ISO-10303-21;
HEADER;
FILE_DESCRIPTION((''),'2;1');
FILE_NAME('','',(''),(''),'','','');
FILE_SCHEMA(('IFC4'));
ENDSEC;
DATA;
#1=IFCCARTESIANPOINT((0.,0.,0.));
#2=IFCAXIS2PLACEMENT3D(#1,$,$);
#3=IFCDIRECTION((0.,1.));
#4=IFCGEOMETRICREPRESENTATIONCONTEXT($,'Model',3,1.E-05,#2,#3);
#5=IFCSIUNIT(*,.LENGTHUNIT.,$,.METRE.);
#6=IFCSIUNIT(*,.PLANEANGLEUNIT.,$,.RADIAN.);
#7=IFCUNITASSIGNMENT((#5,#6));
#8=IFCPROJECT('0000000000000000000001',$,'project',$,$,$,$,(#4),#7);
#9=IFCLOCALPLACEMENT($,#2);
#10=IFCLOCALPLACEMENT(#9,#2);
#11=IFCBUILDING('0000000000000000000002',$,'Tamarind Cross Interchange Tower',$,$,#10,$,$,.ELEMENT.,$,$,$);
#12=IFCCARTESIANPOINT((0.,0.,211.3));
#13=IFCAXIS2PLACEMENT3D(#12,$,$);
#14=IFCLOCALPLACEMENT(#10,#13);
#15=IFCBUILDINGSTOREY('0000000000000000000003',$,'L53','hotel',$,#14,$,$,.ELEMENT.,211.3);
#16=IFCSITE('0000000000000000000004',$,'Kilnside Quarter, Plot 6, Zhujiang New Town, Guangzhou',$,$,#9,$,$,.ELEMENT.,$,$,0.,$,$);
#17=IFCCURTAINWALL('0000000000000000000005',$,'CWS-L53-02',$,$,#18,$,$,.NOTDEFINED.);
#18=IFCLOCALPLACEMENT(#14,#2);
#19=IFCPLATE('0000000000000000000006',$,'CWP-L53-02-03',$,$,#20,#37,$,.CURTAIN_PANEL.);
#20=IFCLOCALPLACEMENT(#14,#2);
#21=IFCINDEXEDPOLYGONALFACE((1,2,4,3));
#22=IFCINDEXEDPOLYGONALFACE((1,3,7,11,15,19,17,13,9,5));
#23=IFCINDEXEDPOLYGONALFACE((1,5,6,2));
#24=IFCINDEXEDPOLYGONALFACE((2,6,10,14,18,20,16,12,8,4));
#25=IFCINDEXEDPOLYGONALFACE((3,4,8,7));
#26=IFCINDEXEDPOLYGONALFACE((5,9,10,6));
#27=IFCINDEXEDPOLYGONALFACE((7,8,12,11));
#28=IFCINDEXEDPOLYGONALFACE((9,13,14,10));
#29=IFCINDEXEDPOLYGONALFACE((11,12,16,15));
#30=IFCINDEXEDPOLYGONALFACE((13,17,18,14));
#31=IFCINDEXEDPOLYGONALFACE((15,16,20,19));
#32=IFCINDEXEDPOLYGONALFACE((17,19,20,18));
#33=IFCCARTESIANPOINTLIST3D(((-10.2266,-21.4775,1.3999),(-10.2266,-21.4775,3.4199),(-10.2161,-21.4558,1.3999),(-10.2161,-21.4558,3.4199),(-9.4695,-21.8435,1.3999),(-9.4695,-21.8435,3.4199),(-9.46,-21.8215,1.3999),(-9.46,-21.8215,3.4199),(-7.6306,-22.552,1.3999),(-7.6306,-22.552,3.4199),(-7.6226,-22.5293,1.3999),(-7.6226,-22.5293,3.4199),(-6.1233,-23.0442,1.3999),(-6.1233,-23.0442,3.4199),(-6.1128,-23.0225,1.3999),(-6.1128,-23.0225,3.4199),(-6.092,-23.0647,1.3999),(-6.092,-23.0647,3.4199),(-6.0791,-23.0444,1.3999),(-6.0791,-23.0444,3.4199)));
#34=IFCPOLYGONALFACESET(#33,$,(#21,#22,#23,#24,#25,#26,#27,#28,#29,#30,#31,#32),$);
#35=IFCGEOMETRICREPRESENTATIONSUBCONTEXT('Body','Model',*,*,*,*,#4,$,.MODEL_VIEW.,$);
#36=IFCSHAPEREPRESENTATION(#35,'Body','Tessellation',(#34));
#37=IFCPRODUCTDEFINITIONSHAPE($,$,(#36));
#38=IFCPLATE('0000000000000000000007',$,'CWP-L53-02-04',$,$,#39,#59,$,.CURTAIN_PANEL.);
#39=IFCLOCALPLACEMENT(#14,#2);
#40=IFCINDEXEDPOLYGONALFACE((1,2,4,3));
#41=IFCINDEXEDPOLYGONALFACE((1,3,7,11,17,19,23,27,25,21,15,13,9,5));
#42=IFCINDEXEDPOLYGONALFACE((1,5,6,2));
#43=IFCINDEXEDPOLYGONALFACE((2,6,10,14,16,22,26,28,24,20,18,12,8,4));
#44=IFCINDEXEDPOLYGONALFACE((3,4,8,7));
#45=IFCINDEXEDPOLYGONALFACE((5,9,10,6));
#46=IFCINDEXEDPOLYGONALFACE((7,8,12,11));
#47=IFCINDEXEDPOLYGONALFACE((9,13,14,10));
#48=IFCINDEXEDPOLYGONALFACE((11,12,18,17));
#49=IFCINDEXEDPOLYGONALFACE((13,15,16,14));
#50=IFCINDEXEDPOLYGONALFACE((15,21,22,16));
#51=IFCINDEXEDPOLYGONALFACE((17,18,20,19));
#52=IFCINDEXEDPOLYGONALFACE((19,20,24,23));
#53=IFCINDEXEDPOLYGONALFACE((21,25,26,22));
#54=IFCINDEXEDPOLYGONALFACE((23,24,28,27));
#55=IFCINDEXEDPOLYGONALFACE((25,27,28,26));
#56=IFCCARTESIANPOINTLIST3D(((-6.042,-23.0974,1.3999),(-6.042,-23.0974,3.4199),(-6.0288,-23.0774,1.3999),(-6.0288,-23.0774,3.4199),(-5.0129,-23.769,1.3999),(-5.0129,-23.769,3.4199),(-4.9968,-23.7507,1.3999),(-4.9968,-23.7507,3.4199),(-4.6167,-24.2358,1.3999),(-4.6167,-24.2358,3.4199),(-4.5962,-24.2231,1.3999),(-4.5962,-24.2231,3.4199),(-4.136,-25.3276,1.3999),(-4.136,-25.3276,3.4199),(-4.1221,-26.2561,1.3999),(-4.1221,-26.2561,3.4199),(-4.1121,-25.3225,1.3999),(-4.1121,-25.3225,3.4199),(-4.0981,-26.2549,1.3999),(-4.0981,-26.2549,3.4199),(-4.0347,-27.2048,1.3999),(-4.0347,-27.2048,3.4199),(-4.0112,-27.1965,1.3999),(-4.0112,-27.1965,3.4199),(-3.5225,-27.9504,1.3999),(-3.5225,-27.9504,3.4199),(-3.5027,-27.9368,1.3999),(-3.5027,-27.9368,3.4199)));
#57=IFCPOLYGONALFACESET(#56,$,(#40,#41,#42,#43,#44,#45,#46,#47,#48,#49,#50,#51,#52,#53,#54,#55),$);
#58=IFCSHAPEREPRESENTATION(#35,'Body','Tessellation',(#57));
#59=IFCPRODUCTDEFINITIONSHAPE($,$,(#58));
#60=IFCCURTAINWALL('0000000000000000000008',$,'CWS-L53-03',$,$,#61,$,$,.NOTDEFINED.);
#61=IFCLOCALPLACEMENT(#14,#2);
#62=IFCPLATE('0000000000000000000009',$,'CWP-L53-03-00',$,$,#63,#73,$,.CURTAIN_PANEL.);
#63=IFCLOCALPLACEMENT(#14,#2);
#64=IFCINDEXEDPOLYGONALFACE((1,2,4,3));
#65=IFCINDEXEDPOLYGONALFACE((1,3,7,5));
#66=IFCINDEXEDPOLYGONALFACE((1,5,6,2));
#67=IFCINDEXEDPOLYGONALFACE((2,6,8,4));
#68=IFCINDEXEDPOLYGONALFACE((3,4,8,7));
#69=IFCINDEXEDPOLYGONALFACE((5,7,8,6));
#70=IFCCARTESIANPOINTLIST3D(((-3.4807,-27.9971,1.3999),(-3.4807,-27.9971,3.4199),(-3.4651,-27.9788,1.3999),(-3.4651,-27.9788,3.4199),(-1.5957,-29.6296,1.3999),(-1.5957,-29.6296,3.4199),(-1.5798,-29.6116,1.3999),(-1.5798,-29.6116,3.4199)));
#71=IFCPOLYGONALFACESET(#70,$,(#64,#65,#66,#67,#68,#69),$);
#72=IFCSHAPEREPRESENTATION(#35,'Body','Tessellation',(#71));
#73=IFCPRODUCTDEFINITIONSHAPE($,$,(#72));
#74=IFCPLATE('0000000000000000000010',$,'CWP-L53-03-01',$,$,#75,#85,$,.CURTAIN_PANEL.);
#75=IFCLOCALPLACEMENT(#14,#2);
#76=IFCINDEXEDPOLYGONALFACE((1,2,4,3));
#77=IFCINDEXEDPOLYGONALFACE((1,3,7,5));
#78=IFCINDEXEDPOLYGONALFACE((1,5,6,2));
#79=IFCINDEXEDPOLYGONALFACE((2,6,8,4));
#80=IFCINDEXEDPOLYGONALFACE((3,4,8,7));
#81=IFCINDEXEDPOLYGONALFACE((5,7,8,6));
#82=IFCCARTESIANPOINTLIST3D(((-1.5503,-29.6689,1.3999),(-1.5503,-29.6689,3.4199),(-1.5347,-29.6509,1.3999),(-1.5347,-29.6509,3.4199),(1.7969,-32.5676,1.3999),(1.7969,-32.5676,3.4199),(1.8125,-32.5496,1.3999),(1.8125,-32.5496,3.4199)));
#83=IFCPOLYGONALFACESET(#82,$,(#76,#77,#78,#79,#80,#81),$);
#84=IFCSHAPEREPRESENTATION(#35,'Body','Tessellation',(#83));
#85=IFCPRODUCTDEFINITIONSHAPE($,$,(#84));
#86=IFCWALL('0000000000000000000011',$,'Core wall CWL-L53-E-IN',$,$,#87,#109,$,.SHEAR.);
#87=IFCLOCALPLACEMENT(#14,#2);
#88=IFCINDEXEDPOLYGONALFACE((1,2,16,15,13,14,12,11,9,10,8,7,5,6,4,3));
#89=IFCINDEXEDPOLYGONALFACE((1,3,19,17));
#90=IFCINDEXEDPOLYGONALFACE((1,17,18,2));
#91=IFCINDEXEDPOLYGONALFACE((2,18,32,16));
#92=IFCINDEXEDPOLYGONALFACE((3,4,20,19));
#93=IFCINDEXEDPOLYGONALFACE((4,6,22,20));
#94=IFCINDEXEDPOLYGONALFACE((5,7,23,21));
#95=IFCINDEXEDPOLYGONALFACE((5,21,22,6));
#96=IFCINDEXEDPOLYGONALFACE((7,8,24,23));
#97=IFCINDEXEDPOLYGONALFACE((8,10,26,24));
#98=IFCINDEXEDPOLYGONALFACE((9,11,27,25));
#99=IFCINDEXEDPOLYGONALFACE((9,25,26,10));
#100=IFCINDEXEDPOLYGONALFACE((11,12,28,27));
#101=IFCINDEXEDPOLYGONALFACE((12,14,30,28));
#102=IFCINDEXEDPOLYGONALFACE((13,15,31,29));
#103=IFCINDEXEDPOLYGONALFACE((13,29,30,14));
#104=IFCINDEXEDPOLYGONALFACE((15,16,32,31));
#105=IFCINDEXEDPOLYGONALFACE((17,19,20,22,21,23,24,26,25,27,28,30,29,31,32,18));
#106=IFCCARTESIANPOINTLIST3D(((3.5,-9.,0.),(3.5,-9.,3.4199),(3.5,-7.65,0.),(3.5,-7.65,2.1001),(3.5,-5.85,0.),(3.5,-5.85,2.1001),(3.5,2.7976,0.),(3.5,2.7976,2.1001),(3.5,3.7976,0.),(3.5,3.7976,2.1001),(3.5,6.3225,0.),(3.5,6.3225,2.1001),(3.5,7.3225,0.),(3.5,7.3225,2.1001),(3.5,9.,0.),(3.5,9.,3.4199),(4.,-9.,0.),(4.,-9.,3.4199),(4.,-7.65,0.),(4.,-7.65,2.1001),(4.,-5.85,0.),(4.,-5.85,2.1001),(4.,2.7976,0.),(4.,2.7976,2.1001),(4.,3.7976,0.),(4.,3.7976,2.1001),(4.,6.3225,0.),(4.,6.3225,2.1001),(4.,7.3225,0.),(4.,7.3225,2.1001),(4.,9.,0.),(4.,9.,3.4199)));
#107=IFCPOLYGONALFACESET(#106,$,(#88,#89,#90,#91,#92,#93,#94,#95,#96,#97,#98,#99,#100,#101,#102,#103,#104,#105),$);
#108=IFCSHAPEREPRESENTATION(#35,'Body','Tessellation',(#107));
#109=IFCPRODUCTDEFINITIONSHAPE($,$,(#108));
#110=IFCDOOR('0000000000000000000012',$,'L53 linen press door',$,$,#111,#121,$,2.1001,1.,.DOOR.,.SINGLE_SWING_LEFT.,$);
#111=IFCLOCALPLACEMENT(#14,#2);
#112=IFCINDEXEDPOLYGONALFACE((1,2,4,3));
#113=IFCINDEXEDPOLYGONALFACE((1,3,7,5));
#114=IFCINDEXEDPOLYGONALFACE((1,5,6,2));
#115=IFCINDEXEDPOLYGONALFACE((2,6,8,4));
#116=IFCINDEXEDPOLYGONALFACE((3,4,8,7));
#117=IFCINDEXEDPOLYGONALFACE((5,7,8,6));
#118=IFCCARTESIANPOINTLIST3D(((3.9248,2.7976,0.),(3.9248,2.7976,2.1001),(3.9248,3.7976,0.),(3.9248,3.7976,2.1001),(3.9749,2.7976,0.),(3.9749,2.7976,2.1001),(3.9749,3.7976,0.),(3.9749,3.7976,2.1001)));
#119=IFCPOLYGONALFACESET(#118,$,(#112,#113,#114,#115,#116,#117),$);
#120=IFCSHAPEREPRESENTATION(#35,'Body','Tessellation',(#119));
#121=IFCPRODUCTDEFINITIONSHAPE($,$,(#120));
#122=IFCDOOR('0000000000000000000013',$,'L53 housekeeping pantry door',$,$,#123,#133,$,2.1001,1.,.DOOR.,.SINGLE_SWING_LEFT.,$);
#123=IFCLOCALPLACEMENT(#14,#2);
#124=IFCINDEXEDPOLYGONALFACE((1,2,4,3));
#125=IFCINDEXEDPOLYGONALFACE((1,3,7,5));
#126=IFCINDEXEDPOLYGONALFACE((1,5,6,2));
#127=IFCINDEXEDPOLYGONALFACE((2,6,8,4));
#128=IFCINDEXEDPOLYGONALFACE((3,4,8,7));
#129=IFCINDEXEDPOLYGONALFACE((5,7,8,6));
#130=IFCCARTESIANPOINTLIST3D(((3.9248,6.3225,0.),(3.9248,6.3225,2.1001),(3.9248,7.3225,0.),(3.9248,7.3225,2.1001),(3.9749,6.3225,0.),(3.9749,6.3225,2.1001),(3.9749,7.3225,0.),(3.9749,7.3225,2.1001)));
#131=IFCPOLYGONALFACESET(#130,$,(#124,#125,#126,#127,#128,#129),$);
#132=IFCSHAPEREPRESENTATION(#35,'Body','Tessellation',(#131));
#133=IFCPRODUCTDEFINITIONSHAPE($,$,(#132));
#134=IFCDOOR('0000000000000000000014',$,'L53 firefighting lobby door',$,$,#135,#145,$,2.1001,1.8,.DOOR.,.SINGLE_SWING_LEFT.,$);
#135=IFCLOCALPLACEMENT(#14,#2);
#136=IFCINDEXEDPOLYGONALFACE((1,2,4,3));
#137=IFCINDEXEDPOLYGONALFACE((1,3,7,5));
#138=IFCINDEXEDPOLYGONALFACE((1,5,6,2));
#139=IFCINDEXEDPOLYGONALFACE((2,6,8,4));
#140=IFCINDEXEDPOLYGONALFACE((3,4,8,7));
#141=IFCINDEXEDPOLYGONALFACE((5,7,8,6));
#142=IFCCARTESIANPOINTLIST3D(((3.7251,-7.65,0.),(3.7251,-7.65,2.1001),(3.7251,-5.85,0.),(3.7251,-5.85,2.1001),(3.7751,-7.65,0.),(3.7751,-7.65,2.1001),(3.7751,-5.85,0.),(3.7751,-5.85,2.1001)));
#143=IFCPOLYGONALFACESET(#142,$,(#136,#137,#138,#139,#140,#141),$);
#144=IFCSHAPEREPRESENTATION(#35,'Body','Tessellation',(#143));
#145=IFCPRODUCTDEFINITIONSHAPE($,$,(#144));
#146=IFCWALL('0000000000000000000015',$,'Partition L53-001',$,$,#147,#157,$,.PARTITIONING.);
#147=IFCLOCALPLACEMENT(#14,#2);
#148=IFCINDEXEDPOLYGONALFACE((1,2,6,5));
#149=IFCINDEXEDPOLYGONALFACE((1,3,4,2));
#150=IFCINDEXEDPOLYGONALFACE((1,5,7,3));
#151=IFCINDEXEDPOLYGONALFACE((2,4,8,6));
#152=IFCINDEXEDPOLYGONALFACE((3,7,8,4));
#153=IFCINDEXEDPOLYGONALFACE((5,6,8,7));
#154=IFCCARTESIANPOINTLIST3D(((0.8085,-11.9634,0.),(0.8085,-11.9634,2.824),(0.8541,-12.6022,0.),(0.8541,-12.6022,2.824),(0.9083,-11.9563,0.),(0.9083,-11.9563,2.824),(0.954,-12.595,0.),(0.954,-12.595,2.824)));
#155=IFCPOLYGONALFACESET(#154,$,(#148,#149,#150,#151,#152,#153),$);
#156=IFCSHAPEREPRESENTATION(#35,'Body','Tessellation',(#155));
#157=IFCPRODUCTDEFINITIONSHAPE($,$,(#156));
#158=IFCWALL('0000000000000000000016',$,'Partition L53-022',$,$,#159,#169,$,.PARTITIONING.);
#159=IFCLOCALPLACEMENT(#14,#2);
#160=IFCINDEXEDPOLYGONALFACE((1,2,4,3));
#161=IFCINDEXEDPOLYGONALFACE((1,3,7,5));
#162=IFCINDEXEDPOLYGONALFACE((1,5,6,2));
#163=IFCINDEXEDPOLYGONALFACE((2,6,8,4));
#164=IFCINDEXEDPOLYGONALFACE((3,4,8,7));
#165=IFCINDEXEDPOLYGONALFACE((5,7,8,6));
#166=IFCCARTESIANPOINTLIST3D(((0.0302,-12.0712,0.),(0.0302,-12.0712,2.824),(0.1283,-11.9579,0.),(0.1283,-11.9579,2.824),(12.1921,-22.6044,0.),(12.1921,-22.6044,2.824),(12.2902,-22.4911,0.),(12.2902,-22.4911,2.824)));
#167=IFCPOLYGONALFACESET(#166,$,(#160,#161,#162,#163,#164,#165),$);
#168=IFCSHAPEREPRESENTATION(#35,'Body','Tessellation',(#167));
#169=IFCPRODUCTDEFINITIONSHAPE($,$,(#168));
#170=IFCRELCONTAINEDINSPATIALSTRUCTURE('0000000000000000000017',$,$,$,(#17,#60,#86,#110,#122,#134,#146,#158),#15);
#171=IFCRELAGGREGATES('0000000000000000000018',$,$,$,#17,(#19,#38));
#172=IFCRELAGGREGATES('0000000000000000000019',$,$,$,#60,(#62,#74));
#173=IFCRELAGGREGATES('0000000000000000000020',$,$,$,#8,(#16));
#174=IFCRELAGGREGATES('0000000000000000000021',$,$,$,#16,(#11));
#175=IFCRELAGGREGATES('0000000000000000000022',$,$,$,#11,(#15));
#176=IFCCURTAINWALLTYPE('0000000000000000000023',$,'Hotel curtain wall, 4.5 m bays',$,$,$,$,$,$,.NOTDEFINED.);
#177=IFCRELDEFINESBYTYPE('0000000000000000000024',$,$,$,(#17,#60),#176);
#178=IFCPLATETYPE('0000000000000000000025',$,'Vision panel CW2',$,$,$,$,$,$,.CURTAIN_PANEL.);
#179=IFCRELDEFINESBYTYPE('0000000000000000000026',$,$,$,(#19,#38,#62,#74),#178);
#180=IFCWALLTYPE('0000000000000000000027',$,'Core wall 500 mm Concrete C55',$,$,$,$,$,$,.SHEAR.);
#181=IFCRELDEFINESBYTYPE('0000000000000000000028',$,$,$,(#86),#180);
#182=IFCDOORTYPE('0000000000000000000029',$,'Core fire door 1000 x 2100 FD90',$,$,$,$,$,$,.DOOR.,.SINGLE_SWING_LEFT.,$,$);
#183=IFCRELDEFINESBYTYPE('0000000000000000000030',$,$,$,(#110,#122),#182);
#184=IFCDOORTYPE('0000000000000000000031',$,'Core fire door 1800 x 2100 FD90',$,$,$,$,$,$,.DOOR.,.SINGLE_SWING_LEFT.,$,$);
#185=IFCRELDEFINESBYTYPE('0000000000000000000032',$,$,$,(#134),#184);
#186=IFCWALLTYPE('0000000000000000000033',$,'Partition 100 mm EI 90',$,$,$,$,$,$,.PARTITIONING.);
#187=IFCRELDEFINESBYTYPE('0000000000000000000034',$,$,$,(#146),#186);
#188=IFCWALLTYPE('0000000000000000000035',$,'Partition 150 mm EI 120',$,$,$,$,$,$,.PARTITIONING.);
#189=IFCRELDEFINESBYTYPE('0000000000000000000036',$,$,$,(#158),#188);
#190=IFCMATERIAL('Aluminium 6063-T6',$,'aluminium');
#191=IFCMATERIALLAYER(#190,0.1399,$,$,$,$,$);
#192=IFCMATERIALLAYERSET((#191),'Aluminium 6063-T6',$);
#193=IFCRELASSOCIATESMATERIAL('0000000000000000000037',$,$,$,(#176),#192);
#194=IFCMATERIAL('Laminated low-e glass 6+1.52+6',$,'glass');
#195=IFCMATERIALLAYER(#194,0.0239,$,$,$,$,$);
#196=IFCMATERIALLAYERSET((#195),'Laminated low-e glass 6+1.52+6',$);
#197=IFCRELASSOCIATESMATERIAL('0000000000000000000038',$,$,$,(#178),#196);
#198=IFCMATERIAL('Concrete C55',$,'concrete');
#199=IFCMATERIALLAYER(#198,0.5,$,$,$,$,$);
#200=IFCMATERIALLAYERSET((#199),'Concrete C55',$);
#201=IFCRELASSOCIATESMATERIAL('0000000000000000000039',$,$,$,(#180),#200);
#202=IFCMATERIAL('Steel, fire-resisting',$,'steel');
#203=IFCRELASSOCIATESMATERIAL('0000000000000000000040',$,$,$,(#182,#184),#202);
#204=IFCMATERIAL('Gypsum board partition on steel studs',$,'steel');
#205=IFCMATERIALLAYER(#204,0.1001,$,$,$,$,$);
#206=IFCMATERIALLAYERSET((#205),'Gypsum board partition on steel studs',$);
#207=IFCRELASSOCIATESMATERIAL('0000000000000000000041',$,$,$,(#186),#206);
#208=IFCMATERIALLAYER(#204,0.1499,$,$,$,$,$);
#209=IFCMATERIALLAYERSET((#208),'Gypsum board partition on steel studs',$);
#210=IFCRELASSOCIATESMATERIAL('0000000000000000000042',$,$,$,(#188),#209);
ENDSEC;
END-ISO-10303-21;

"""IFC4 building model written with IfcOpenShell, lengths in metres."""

from ifc_helpers import new_model, si_unit, direction, frame, frame_2d, origin, place, context, subcontext, project, spatial, polyline, rectangle, outline, extrude, material, layer, layer_set, type_object, element, fill, aggregate, save


model = new_model("IFC4")

# Units and contexts
model_context = context("Model", 3, precision=1e-05, world=origin(), true_north=direction((0.0, 1.0)))
body_context = subcontext(model_context, "Body", "Model", "MODEL_VIEW")
ifc_project = project(units=[si_unit("LENGTHUNIT", "METRE"), si_unit("PLANEANGLEUNIT", "RADIAN")], contexts=[model_context])

# Site, building, storey
site_placement = place(None, origin())
site = spatial("IfcSite", under=ifc_project, at=site_placement, Name="Kilnside Quarter, Plot 6, Zhujiang New Town, Guangzhou", CompositionType="ELEMENT", RefElevation=0.0)
building_placement = place(site_placement, origin())
building = spatial("IfcBuilding", under=site, at=building_placement, Name="Tamarind Cross Interchange Tower", CompositionType="ELEMENT")
storey_placement = place(building_placement, frame((0.0, 0.0, 211.3)))
storey = spatial("IfcBuildingStorey", under=building, at=storey_placement, Name="L53", Description="hotel", CompositionType="ELEMENT", Elevation=211.3)

# Shared definitions
ifc_material_1 = material(Name="Aluminium 6063-T6", Category="aluminium")
ifc_layer_1 = layer(ifc_material_1, 0.1399)
ifc_layer_set_1 = layer_set([ifc_layer_1], Name="Aluminium 6063-T6")
curtain_wall_type = type_object("IfcCurtainWallType", Name="Hotel curtain wall, 4.5 m bays", PredefinedType="NOTDEFINED", material=ifc_layer_set_1)

# Curtain wall
curtain_wall_1_placement = place(storey_placement, origin())
curtain_wall_1 = element("IfcCurtainWall", 1, at=curtain_wall_1_placement, inside=storey, type_object=curtain_wall_type, Name="CWS-L53-02", PredefinedType="NOTDEFINED")

# Plates
ifc_material_2 = material(Name="Laminated low-e glass 6+1.52+6", Category="glass")
ifc_layer_2 = layer(ifc_material_2, 0.0239)
ifc_layer_set_2 = layer_set([ifc_layer_2], Name="Laminated low-e glass 6+1.52+6")
plate_type = type_object("IfcPlateType", Name="Vision panel CW2", PredefinedType="CURTAIN_PANEL", material=ifc_layer_set_2)
plate_1_placement = place(storey_placement, frame((0.0, 0.0, 1.3999)))
plate_1 = element("IfcPlate", 2, at=plate_1_placement, type_object=plate_type, Name="CWP-L53-02-03", PredefinedType="CURTAIN_PANEL", context=body_context, shape_type="SweptSolid", body=[
    extrude(outline(polyline([(-10.2161, -21.4558), (-9.46, -21.8215), (-7.6226, -22.5293), (-6.1128, -23.0225), (-6.0791, -23.0444), (-6.092, -23.0647), (-6.1233, -23.0442), (-7.6306, -22.552), (-9.4695, -21.8435), (-10.2266, -21.4775), (-10.2161, -21.4558)])), origin(), (0.0, 0.0, 1.0), 2.02),
])
plate_2_placement = place(storey_placement, frame((0.0, 0.0, 1.3999)))
plate_2 = element("IfcPlate", 3, at=plate_2_placement, type_object=plate_type, Name="CWP-L53-02-04", PredefinedType="CURTAIN_PANEL", context=body_context, shape_type="SweptSolid", body=[
    extrude(outline(polyline([(-6.0288, -23.0774), (-4.9968, -23.7507), (-4.5962, -24.2231), (-4.1121, -25.3225), (-4.0981, -26.2549), (-4.0112, -27.1965), (-3.5027, -27.9368), (-3.5225, -27.9504), (-4.0347, -27.2048), (-4.1221, -26.2561), (-4.136, -25.3276), (-4.6167, -24.2358), (-5.0129, -23.769), (-6.042, -23.0974), (-6.0288, -23.0774)])), origin(), (0.0, 0.0, 1.0), 2.02),
])
aggregate(curtain_wall_1, [plate_1, plate_2])

# Curtain wall, plates
curtain_wall_2_placement = place(storey_placement, origin())
curtain_wall_2 = element("IfcCurtainWall", 4, at=curtain_wall_2_placement, inside=storey, type_object=curtain_wall_type, Name="CWS-L53-03", PredefinedType="NOTDEFINED")
plate_3_placement = place(storey_placement, frame((0.0, 0.0, 1.3999)))
plate_3 = element("IfcPlate", 5, at=plate_3_placement, type_object=plate_type, Name="CWP-L53-03-00", PredefinedType="CURTAIN_PANEL", context=body_context, shape_type="SweptSolid", body=[
    extrude(outline(polyline([(-3.4651, -27.9788), (-1.5798, -29.6116), (-1.5957, -29.6296), (-3.4807, -27.9971), (-3.4651, -27.9788)])), origin(), (0.0, 0.0, 1.0), 2.02),
])
plate_4_placement = place(storey_placement, frame((0.0, 0.0, 1.3999)))
plate_4 = element("IfcPlate", 6, at=plate_4_placement, type_object=plate_type, Name="CWP-L53-03-01", PredefinedType="CURTAIN_PANEL", context=body_context, shape_type="SweptSolid", body=[
    extrude(outline(polyline([(-1.5347, -29.6509), (1.8125, -32.5496), (1.7969, -32.5676), (-1.5503, -29.6689), (-1.5347, -29.6509)])), origin(), (0.0, 0.0, 1.0), 2.02),
])
aggregate(curtain_wall_2, [plate_3, plate_4])

# Wall, openings, doors
ifc_material_3 = material(Name="Concrete C55", Category="concrete")
ifc_layer_3 = layer(ifc_material_3, 0.5)
ifc_layer_set_3 = layer_set([ifc_layer_3], Name="Concrete C55")
wall_type_1 = type_object("IfcWallType", Name="Core wall 500 mm Concrete C55", PredefinedType="SHEAR", material=ifc_layer_set_3)
wall_1_placement = place(storey_placement, frame((3.75, -9.0, 0.0), z_axis=(0.0, 0.0, 1.0), x_axis=(0.0, 1.0, 0.0)))
wall_1 = element("IfcWall", 7, at=wall_1_placement, inside=storey, type_object=wall_type_1, Name="Core wall CWL-L53-E-IN", PredefinedType="SHEAR", context=body_context, shape_type="SweptSolid", body=[
    extrude(rectangle(XDim=18.0, YDim=0.5, at=frame_2d((9.0, 0.0))), origin(), (0.0, 0.0, 1.0), 3.4199),
])
opening_1_placement = place(wall_1_placement, frame((1.3501, 0.0, 0.0)))
opening_1 = element("IfcOpeningElement", 8, at=opening_1_placement, cuts=wall_1, PredefinedType="OPENING", context=body_context, shape_type="SweptSolid", body=[
    extrude(rectangle(XDim=1.8, YDim=2.1001, at=frame_2d((0.8999, 1.05))), frame((0.0, 0.26, 0.0), z_axis=(0.0, -1.0, 0.0), x_axis=(1.0, 0.0, 0.0)), (0.0, 0.0, 1.0), 0.52),
])
opening_2_placement = place(wall_1_placement, frame((11.7976, 0.0, 0.0)))
opening_2 = element("IfcOpeningElement", 9, at=opening_2_placement, cuts=wall_1, PredefinedType="OPENING", context=body_context, shape_type="SweptSolid", body=[
    extrude(rectangle(XDim=1.0, YDim=2.1001, at=frame_2d((0.5, 1.05))), frame((0.0, 0.26, 0.0), z_axis=(0.0, -1.0, 0.0), x_axis=(1.0, 0.0, 0.0)), (0.0, 0.0, 1.0), 0.52),
])
opening_3_placement = place(wall_1_placement, frame((15.3225, 0.0, 0.0)))
opening_3 = element("IfcOpeningElement", 10, at=opening_3_placement, cuts=wall_1, PredefinedType="OPENING", context=body_context, shape_type="SweptSolid", body=[
    extrude(rectangle(XDim=1.0, YDim=2.1001, at=frame_2d((0.5, 1.05))), frame((0.0, 0.26, 0.0), z_axis=(0.0, -1.0, 0.0), x_axis=(1.0, 0.0, 0.0)), (0.0, 0.0, 1.0), 0.52),
])
ifc_material_4 = material(Name="Steel, fire-resisting", Category="steel")
door_type_1 = type_object("IfcDoorType", Name="Core fire door 1000 x 2100 FD90", OperationType="SINGLE_SWING_LEFT", PredefinedType="DOOR", material=ifc_material_4)
door_1_placement = place(opening_2_placement, origin())
door_1 = element("IfcDoor", 11, at=door_1_placement, inside=storey, type_object=door_type_1, Name="L53 linen press door", OperationType="SINGLE_SWING_LEFT", OverallHeight=2.1001, OverallWidth=1.0, PredefinedType="DOOR", context=body_context, shape_type="SweptSolid", body=[
    extrude(rectangle(XDim=1.0, YDim=2.1001, at=frame_2d((0.5, 1.05))), frame((0.0, -0.1748, 0.0), z_axis=(0.0, -1.0, 0.0), x_axis=(1.0, 0.0, 0.0)), (0.0, 0.0, 1.0), 0.05),
])
fill(opening_2, door_1)
door_2_placement = place(opening_3_placement, origin())
door_2 = element("IfcDoor", 12, at=door_2_placement, inside=storey, type_object=door_type_1, Name="L53 housekeeping pantry door", OperationType="SINGLE_SWING_LEFT", OverallHeight=2.1001, OverallWidth=1.0, PredefinedType="DOOR", context=body_context, shape_type="SweptSolid", body=[
    extrude(rectangle(XDim=1.0, YDim=2.1001, at=frame_2d((0.5, 1.05))), frame((0.0, -0.1748, 0.0), z_axis=(0.0, -1.0, 0.0), x_axis=(1.0, 0.0, 0.0)), (0.0, 0.0, 1.0), 0.05),
])
fill(opening_3, door_2)
door_type_2 = type_object("IfcDoorType", Name="Core fire door 1800 x 2100 FD90", OperationType="SINGLE_SWING_LEFT", PredefinedType="DOOR", material=ifc_material_4)
door_3_placement = place(opening_1_placement, origin())
door_3 = element("IfcDoor", 13, at=door_3_placement, inside=storey, type_object=door_type_2, Name="L53 firefighting lobby door", OperationType="SINGLE_SWING_LEFT", OverallHeight=2.1001, OverallWidth=1.8, PredefinedType="DOOR", context=body_context, shape_type="SweptSolid", body=[
    extrude(rectangle(XDim=1.8, YDim=2.1001, at=frame_2d((0.8999, 1.05))), frame((0.0, 0.0249, 0.0), z_axis=(0.0, -1.0, 0.0), x_axis=(1.0, 0.0, 0.0)), (0.0, 0.0, 1.0), 0.05),
])
fill(opening_1, door_3)

# Walls
ifc_material_5 = material(Name="Gypsum board partition on steel studs", Category="steel")
ifc_layer_4 = layer(ifc_material_5, 0.1001)
ifc_layer_set_4 = layer_set([ifc_layer_4], Name="Gypsum board partition on steel studs")
wall_type_2 = type_object("IfcWallType", Name="Partition 100 mm EI 90", PredefinedType="PARTITIONING", material=ifc_layer_set_4)
wall_2_placement = place(storey_placement, frame((0.8584, -11.9597, 0.0), z_axis=(0.0, 0.0, 1.0), x_axis=(0.071301, -0.997455, 0.0)))
element("IfcWall", 14, at=wall_2_placement, inside=storey, type_object=wall_type_2, Name="Partition L53-001", PredefinedType="PARTITIONING", context=body_context, shape_type="SweptSolid", body=[
    extrude(rectangle(XDim=0.6404, YDim=0.1001, at=frame_2d((0.3203, 0.0))), origin(), (0.0, 0.0, 1.0), 2.824),
])
ifc_layer_5 = layer(ifc_material_5, 0.1499)
ifc_layer_set_5 = layer_set([ifc_layer_5], Name="Gypsum board partition on steel studs")
wall_type_3 = type_object("IfcWallType", Name="Partition 150 mm EI 120", PredefinedType="PARTITIONING", material=ifc_layer_set_5)
wall_3_placement = place(storey_placement, frame((0.0793, -12.0146, 0.0), z_axis=(0.0, 0.0, 1.0), x_axis=(0.755907, -0.654679, 0.0)))
element("IfcWall", 15, at=wall_3_placement, inside=storey, type_object=wall_type_3, Name="Partition L53-022", PredefinedType="PARTITIONING", context=body_context, shape_type="SweptSolid", body=[
    extrude(rectangle(XDim=16.0891, YDim=0.1499, at=frame_2d((8.0444, 0.0))), origin(), (0.0, 0.0, 1.0), 2.824),
])

save(model, "model.ifc")
